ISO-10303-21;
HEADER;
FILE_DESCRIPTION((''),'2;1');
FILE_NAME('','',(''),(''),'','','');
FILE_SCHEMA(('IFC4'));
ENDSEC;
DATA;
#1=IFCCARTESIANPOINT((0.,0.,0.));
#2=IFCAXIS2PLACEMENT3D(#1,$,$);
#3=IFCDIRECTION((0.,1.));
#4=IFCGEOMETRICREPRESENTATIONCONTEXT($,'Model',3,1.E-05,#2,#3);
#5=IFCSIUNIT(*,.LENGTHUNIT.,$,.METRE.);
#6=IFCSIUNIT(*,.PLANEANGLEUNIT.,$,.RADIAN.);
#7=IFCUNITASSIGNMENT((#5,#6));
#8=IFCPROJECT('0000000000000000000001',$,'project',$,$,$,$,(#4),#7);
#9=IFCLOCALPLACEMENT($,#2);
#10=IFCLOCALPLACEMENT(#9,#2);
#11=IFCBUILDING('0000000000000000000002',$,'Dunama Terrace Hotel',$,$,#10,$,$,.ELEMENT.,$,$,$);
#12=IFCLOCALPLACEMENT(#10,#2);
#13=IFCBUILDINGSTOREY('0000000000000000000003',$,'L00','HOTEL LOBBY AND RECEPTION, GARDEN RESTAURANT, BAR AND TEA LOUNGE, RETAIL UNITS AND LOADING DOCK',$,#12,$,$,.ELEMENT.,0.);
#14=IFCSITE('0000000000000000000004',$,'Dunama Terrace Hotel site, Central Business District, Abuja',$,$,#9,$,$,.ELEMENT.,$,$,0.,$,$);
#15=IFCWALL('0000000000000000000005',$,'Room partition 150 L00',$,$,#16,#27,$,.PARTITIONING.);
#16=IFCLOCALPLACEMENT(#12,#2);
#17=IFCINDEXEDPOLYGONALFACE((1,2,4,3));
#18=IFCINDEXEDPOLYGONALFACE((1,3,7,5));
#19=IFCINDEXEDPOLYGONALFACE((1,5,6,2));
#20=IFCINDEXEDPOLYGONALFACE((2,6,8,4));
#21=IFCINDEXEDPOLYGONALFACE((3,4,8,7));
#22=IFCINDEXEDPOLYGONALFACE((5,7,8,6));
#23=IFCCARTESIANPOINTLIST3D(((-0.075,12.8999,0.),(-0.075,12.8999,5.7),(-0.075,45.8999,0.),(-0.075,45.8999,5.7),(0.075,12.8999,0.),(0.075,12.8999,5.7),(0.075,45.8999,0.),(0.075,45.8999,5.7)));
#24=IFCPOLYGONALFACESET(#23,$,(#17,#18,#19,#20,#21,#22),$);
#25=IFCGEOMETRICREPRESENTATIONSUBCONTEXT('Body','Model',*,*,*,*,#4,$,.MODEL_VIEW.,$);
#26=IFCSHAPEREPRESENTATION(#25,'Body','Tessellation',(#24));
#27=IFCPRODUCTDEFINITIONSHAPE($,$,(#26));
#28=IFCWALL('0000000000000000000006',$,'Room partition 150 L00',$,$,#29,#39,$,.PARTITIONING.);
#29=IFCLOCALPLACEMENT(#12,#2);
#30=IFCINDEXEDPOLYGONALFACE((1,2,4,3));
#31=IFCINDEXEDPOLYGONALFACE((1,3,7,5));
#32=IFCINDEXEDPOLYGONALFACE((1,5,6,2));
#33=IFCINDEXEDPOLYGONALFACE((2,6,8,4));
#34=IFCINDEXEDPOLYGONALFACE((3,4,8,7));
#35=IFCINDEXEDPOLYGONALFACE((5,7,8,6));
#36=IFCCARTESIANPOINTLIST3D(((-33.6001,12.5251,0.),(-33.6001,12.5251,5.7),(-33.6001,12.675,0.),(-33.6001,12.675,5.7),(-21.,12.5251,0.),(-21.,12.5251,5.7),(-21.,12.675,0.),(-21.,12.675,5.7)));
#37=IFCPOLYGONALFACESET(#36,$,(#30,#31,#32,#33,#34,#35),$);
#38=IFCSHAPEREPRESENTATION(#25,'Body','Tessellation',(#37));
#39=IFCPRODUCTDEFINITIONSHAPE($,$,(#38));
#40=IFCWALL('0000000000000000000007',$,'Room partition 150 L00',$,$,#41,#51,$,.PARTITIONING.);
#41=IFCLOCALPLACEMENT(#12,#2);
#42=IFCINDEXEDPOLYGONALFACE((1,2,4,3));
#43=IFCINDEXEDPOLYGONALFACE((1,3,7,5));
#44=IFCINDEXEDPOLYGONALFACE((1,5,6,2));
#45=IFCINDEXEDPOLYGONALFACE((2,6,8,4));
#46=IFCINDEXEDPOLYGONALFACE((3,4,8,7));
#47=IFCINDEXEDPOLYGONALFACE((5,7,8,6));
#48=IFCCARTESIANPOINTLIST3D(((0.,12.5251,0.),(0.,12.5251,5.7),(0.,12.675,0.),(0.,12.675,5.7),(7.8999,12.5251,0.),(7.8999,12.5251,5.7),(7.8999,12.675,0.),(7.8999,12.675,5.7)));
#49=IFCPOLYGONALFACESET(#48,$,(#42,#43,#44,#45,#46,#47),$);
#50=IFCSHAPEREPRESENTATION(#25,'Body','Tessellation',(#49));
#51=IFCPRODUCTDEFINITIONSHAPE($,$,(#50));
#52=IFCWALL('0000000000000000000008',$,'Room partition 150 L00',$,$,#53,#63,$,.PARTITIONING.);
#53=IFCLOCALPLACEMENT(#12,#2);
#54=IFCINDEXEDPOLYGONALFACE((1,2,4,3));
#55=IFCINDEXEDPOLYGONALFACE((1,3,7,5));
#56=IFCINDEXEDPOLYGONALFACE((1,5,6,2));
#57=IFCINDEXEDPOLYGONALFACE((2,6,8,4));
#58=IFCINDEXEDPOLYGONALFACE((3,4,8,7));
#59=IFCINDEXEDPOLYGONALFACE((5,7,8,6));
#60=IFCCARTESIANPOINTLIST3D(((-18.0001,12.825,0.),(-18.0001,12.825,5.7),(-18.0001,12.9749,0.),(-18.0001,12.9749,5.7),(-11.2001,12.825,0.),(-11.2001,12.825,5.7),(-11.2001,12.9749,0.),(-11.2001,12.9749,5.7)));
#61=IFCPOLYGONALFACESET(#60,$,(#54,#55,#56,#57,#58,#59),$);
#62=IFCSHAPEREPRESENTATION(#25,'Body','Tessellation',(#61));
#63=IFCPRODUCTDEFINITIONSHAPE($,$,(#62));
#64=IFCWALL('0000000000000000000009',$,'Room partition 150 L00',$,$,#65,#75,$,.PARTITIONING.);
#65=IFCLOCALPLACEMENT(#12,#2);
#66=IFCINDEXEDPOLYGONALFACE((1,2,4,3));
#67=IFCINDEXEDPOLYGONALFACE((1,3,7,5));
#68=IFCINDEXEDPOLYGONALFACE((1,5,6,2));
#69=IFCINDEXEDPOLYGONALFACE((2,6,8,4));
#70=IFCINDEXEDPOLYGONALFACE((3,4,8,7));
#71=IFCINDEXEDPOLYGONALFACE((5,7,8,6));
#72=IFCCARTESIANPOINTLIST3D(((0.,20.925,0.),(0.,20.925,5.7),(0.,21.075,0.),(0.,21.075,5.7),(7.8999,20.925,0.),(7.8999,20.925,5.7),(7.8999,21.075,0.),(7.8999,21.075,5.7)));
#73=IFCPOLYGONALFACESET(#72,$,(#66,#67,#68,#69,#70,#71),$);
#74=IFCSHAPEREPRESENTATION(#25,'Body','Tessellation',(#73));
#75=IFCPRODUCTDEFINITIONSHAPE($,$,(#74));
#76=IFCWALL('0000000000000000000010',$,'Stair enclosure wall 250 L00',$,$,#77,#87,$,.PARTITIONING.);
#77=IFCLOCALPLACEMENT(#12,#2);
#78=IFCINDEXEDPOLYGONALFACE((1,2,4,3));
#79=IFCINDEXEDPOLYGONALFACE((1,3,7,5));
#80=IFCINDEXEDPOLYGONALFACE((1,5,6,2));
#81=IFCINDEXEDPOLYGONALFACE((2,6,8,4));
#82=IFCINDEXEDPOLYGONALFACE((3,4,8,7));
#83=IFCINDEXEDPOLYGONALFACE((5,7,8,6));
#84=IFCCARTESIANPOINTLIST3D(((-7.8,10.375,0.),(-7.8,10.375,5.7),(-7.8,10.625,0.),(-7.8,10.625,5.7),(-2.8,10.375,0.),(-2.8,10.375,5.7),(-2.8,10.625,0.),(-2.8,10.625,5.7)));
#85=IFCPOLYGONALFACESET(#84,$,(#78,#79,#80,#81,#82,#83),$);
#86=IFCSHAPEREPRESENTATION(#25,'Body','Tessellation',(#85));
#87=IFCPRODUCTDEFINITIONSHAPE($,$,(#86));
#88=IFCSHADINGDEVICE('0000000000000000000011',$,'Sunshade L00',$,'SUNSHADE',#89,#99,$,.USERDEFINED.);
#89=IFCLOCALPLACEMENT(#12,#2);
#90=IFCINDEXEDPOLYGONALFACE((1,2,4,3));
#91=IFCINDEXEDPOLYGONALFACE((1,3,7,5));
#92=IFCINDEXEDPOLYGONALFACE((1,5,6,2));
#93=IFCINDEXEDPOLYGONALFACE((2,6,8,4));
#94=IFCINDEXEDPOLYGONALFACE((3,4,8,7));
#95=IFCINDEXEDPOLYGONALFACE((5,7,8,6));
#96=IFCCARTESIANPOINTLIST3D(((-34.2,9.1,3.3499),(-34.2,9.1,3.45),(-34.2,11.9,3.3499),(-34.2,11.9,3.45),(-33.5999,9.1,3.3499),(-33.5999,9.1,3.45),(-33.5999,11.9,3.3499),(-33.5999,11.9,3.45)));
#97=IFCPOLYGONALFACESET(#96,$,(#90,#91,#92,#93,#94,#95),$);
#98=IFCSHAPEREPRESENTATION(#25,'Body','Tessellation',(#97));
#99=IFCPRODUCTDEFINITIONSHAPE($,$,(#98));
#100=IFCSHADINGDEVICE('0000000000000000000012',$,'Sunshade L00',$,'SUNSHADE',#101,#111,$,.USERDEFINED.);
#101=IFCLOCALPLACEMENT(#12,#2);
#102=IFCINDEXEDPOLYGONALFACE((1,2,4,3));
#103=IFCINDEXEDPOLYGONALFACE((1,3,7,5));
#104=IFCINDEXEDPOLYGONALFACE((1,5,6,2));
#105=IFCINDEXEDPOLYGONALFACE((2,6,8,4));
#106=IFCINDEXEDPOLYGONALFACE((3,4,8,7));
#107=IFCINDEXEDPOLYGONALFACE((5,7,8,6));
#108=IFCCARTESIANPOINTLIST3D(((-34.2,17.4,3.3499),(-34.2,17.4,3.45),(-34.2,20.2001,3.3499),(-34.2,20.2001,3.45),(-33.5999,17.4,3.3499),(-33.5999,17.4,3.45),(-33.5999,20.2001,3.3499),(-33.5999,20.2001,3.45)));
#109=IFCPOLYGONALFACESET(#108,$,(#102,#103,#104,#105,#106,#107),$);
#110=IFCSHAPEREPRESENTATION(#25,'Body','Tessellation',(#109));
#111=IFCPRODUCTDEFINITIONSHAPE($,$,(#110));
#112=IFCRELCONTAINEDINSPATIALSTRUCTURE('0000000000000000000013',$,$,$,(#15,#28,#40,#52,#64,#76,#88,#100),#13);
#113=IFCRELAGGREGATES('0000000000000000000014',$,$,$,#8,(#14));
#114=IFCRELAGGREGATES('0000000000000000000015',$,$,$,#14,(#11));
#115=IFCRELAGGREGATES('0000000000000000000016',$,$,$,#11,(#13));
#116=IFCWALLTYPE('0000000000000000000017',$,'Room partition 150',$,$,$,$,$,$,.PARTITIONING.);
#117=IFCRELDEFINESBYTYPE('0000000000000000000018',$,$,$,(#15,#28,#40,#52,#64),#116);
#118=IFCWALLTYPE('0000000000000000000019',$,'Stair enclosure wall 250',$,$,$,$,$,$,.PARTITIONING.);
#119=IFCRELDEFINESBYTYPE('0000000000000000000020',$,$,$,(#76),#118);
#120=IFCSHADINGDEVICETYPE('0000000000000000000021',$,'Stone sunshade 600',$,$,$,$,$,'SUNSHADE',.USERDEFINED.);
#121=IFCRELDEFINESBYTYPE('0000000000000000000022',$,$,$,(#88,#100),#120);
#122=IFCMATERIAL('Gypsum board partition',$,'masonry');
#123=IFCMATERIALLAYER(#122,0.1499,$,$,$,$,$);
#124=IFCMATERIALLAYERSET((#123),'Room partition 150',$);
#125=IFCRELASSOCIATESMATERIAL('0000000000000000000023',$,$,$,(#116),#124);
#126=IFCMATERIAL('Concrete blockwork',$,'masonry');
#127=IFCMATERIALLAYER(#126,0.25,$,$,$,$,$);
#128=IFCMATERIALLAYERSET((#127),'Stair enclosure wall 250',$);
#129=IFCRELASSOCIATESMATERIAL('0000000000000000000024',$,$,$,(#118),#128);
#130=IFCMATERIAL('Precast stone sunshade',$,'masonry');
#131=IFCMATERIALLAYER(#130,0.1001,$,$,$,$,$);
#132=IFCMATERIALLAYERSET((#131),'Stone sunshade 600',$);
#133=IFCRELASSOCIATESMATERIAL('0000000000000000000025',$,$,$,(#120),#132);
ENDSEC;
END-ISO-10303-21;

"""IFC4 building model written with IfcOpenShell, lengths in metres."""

from ifc_helpers import new_model, si_unit, direction, frame, frame_2d, origin, origin_2d, place, context, subcontext, project, spatial, rectangle, extrude, material, layer, layer_set, type_object, element, save


model = new_model("IFC4")

# Units and contexts
model_context = context("Model", 3, precision=1e-05, world=origin(), true_north=direction((0.0, 1.0)))
body_context = subcontext(model_context, "Body", "Model", "MODEL_VIEW")
ifc_project = project(units=[si_unit("LENGTHUNIT", "METRE"), si_unit("PLANEANGLEUNIT", "RADIAN")], contexts=[model_context])

# Site, building, storey
site_placement = place(None, origin())
site = spatial("IfcSite", under=ifc_project, at=site_placement, Name="Dunama Terrace Hotel site, Central Business District, Abuja", CompositionType="ELEMENT", RefElevation=0.0)
building_placement = place(site_placement, origin())
building = spatial("IfcBuilding", under=site, at=building_placement, Name="Dunama Terrace Hotel", CompositionType="ELEMENT")
storey_placement = place(building_placement, origin())
storey = spatial("IfcBuildingStorey", under=building, at=storey_placement, Name="L00", Description="HOTEL LOBBY AND RECEPTION, GARDEN RESTAURANT, BAR AND TEA LOUNGE, RETAIL UNITS AND LOADING DOCK", CompositionType="ELEMENT", Elevation=0.0)

# Walls
ifc_material_1 = material(Name="Gypsum board partition", Category="masonry")
ifc_layer_1 = layer(ifc_material_1, 0.1499)
ifc_layer_set_1 = layer_set([ifc_layer_1], Name="Room partition 150")
wall_type_1 = type_object("IfcWallType", Name="Room partition 150", PredefinedType="PARTITIONING", material=ifc_layer_set_1)
wall_1_placement = place(storey_placement, frame((0.0, 12.8999, 0.0), z_axis=(0.0, 0.0, 1.0), x_axis=(0.0, 1.0, 0.0)))
element("IfcWall", 1, at=wall_1_placement, inside=storey, type_object=wall_type_1, Name="Room partition 150 L00", PredefinedType="PARTITIONING", context=body_context, shape_type="SweptSolid", body=[
    extrude(rectangle(XDim=33.0, YDim=0.1499, at=frame_2d((16.5, 0.0))), origin(), (0.0, 0.0, 1.0), 5.7),
])
wall_2_placement = place(storey_placement, frame((-33.6001, 12.6001, 0.0), z_axis=(0.0, 0.0, 1.0), x_axis=(1.0, 0.0, 0.0)))
element("IfcWall", 2, at=wall_2_placement, inside=storey, type_object=wall_type_1, Name="Room partition 150 L00", PredefinedType="PARTITIONING", context=body_context, shape_type="SweptSolid", body=[
    extrude(rectangle(XDim=12.6001, YDim=0.1499, at=frame_2d((6.3, 0.0))), origin(), (0.0, 0.0, 1.0), 5.7),
])
wall_3_placement = place(storey_placement, frame((0.0, 12.6001, 0.0), z_axis=(0.0, 0.0, 1.0), x_axis=(1.0, 0.0, 0.0)))
element("IfcWall", 3, at=wall_3_placement, inside=storey, type_object=wall_type_1, Name="Room partition 150 L00", PredefinedType="PARTITIONING", context=body_context, shape_type="SweptSolid", body=[
    extrude(rectangle(XDim=7.8999, YDim=0.1499, at=frame_2d((3.95, 0.0))), origin(), (0.0, 0.0, 1.0), 5.7),
])
wall_4_placement = place(storey_placement, frame((-18.0, 12.8999, 0.0), z_axis=(0.0, 0.0, 1.0), x_axis=(1.0, 0.0, 0.0)))
element("IfcWall", 4, at=wall_4_placement, inside=storey, type_object=wall_type_1, Name="Room partition 150 L00", PredefinedType="PARTITIONING", context=body_context, shape_type="SweptSolid", body=[
    extrude(rectangle(XDim=6.8, YDim=0.1499, at=frame_2d((3.3999, 0.0))), origin(), (0.0, 0.0, 1.0), 5.7),
])
wall_5_placement = place(storey_placement, frame((0.0, 21.0, 0.0), z_axis=(0.0, 0.0, 1.0), x_axis=(1.0, 0.0, 0.0)))
element("IfcWall", 5, at=wall_5_placement, inside=storey, type_object=wall_type_1, Name="Room partition 150 L00", PredefinedType="PARTITIONING", context=body_context, shape_type="SweptSolid", body=[
    extrude(rectangle(XDim=7.8999, YDim=0.1499, at=frame_2d((3.95, 0.0))), origin(), (0.0, 0.0, 1.0), 5.7),
])
ifc_material_2 = material(Name="Concrete blockwork", Category="masonry")
ifc_layer_2 = layer(ifc_material_2, 0.25)
ifc_layer_set_2 = layer_set([ifc_layer_2], Name="Stair enclosure wall 250")
wall_type_2 = type_object("IfcWallType", Name="Stair enclosure wall 250", PredefinedType="PARTITIONING", material=ifc_layer_set_2)
wall_6_placement = place(storey_placement, frame((-7.8, 10.5, 0.0), z_axis=(0.0, 0.0, 1.0), x_axis=(1.0, 0.0, 0.0)))
element("IfcWall", 6, at=wall_6_placement, inside=storey, type_object=wall_type_2, Name="Stair enclosure wall 250 L00", PredefinedType="PARTITIONING", context=body_context, shape_type="SweptSolid", body=[
    extrude(rectangle(XDim=5.0, YDim=0.25, at=frame_2d((2.5, 0.0))), origin(), (0.0, 0.0, 1.0), 5.7),
])

# Shading devices
ifc_material_3 = material(Name="Precast stone sunshade", Category="masonry")
ifc_layer_3 = layer(ifc_material_3, 0.1001)
ifc_layer_set_3 = layer_set([ifc_layer_3], Name="Stone sunshade 600")
shading_device_type = type_object("IfcShadingDeviceType", Name="Stone sunshade 600", ElementType="SUNSHADE", PredefinedType="USERDEFINED", material=ifc_layer_set_3)
for number, where, z_axis, x_axis, name in (
    (7, (-33.8999, 10.5, 3.3499), (0.0, 0.0, 1.0), (0.0, -1.0, 0.0), "Sunshade L00"),
    (8, (-33.8999, 18.8, 3.3499), (0.0, 0.0, 1.0), (0.0, -1.0, 0.0), "Sunshade L00"),
):
    element("IfcShadingDevice", number, at=place(storey_placement, frame(where, z_axis=z_axis, x_axis=x_axis)), inside=storey, type_object=shading_device_type, Name=name, ObjectType="SUNSHADE", PredefinedType="USERDEFINED", context=body_context, shape_type="SweptSolid", body=[
        extrude(rectangle(XDim=2.8, YDim=0.6001, at=origin_2d()), origin(), (0.0, 0.0, 1.0), 0.1001),
    ])

save(model, "model.ifc")
